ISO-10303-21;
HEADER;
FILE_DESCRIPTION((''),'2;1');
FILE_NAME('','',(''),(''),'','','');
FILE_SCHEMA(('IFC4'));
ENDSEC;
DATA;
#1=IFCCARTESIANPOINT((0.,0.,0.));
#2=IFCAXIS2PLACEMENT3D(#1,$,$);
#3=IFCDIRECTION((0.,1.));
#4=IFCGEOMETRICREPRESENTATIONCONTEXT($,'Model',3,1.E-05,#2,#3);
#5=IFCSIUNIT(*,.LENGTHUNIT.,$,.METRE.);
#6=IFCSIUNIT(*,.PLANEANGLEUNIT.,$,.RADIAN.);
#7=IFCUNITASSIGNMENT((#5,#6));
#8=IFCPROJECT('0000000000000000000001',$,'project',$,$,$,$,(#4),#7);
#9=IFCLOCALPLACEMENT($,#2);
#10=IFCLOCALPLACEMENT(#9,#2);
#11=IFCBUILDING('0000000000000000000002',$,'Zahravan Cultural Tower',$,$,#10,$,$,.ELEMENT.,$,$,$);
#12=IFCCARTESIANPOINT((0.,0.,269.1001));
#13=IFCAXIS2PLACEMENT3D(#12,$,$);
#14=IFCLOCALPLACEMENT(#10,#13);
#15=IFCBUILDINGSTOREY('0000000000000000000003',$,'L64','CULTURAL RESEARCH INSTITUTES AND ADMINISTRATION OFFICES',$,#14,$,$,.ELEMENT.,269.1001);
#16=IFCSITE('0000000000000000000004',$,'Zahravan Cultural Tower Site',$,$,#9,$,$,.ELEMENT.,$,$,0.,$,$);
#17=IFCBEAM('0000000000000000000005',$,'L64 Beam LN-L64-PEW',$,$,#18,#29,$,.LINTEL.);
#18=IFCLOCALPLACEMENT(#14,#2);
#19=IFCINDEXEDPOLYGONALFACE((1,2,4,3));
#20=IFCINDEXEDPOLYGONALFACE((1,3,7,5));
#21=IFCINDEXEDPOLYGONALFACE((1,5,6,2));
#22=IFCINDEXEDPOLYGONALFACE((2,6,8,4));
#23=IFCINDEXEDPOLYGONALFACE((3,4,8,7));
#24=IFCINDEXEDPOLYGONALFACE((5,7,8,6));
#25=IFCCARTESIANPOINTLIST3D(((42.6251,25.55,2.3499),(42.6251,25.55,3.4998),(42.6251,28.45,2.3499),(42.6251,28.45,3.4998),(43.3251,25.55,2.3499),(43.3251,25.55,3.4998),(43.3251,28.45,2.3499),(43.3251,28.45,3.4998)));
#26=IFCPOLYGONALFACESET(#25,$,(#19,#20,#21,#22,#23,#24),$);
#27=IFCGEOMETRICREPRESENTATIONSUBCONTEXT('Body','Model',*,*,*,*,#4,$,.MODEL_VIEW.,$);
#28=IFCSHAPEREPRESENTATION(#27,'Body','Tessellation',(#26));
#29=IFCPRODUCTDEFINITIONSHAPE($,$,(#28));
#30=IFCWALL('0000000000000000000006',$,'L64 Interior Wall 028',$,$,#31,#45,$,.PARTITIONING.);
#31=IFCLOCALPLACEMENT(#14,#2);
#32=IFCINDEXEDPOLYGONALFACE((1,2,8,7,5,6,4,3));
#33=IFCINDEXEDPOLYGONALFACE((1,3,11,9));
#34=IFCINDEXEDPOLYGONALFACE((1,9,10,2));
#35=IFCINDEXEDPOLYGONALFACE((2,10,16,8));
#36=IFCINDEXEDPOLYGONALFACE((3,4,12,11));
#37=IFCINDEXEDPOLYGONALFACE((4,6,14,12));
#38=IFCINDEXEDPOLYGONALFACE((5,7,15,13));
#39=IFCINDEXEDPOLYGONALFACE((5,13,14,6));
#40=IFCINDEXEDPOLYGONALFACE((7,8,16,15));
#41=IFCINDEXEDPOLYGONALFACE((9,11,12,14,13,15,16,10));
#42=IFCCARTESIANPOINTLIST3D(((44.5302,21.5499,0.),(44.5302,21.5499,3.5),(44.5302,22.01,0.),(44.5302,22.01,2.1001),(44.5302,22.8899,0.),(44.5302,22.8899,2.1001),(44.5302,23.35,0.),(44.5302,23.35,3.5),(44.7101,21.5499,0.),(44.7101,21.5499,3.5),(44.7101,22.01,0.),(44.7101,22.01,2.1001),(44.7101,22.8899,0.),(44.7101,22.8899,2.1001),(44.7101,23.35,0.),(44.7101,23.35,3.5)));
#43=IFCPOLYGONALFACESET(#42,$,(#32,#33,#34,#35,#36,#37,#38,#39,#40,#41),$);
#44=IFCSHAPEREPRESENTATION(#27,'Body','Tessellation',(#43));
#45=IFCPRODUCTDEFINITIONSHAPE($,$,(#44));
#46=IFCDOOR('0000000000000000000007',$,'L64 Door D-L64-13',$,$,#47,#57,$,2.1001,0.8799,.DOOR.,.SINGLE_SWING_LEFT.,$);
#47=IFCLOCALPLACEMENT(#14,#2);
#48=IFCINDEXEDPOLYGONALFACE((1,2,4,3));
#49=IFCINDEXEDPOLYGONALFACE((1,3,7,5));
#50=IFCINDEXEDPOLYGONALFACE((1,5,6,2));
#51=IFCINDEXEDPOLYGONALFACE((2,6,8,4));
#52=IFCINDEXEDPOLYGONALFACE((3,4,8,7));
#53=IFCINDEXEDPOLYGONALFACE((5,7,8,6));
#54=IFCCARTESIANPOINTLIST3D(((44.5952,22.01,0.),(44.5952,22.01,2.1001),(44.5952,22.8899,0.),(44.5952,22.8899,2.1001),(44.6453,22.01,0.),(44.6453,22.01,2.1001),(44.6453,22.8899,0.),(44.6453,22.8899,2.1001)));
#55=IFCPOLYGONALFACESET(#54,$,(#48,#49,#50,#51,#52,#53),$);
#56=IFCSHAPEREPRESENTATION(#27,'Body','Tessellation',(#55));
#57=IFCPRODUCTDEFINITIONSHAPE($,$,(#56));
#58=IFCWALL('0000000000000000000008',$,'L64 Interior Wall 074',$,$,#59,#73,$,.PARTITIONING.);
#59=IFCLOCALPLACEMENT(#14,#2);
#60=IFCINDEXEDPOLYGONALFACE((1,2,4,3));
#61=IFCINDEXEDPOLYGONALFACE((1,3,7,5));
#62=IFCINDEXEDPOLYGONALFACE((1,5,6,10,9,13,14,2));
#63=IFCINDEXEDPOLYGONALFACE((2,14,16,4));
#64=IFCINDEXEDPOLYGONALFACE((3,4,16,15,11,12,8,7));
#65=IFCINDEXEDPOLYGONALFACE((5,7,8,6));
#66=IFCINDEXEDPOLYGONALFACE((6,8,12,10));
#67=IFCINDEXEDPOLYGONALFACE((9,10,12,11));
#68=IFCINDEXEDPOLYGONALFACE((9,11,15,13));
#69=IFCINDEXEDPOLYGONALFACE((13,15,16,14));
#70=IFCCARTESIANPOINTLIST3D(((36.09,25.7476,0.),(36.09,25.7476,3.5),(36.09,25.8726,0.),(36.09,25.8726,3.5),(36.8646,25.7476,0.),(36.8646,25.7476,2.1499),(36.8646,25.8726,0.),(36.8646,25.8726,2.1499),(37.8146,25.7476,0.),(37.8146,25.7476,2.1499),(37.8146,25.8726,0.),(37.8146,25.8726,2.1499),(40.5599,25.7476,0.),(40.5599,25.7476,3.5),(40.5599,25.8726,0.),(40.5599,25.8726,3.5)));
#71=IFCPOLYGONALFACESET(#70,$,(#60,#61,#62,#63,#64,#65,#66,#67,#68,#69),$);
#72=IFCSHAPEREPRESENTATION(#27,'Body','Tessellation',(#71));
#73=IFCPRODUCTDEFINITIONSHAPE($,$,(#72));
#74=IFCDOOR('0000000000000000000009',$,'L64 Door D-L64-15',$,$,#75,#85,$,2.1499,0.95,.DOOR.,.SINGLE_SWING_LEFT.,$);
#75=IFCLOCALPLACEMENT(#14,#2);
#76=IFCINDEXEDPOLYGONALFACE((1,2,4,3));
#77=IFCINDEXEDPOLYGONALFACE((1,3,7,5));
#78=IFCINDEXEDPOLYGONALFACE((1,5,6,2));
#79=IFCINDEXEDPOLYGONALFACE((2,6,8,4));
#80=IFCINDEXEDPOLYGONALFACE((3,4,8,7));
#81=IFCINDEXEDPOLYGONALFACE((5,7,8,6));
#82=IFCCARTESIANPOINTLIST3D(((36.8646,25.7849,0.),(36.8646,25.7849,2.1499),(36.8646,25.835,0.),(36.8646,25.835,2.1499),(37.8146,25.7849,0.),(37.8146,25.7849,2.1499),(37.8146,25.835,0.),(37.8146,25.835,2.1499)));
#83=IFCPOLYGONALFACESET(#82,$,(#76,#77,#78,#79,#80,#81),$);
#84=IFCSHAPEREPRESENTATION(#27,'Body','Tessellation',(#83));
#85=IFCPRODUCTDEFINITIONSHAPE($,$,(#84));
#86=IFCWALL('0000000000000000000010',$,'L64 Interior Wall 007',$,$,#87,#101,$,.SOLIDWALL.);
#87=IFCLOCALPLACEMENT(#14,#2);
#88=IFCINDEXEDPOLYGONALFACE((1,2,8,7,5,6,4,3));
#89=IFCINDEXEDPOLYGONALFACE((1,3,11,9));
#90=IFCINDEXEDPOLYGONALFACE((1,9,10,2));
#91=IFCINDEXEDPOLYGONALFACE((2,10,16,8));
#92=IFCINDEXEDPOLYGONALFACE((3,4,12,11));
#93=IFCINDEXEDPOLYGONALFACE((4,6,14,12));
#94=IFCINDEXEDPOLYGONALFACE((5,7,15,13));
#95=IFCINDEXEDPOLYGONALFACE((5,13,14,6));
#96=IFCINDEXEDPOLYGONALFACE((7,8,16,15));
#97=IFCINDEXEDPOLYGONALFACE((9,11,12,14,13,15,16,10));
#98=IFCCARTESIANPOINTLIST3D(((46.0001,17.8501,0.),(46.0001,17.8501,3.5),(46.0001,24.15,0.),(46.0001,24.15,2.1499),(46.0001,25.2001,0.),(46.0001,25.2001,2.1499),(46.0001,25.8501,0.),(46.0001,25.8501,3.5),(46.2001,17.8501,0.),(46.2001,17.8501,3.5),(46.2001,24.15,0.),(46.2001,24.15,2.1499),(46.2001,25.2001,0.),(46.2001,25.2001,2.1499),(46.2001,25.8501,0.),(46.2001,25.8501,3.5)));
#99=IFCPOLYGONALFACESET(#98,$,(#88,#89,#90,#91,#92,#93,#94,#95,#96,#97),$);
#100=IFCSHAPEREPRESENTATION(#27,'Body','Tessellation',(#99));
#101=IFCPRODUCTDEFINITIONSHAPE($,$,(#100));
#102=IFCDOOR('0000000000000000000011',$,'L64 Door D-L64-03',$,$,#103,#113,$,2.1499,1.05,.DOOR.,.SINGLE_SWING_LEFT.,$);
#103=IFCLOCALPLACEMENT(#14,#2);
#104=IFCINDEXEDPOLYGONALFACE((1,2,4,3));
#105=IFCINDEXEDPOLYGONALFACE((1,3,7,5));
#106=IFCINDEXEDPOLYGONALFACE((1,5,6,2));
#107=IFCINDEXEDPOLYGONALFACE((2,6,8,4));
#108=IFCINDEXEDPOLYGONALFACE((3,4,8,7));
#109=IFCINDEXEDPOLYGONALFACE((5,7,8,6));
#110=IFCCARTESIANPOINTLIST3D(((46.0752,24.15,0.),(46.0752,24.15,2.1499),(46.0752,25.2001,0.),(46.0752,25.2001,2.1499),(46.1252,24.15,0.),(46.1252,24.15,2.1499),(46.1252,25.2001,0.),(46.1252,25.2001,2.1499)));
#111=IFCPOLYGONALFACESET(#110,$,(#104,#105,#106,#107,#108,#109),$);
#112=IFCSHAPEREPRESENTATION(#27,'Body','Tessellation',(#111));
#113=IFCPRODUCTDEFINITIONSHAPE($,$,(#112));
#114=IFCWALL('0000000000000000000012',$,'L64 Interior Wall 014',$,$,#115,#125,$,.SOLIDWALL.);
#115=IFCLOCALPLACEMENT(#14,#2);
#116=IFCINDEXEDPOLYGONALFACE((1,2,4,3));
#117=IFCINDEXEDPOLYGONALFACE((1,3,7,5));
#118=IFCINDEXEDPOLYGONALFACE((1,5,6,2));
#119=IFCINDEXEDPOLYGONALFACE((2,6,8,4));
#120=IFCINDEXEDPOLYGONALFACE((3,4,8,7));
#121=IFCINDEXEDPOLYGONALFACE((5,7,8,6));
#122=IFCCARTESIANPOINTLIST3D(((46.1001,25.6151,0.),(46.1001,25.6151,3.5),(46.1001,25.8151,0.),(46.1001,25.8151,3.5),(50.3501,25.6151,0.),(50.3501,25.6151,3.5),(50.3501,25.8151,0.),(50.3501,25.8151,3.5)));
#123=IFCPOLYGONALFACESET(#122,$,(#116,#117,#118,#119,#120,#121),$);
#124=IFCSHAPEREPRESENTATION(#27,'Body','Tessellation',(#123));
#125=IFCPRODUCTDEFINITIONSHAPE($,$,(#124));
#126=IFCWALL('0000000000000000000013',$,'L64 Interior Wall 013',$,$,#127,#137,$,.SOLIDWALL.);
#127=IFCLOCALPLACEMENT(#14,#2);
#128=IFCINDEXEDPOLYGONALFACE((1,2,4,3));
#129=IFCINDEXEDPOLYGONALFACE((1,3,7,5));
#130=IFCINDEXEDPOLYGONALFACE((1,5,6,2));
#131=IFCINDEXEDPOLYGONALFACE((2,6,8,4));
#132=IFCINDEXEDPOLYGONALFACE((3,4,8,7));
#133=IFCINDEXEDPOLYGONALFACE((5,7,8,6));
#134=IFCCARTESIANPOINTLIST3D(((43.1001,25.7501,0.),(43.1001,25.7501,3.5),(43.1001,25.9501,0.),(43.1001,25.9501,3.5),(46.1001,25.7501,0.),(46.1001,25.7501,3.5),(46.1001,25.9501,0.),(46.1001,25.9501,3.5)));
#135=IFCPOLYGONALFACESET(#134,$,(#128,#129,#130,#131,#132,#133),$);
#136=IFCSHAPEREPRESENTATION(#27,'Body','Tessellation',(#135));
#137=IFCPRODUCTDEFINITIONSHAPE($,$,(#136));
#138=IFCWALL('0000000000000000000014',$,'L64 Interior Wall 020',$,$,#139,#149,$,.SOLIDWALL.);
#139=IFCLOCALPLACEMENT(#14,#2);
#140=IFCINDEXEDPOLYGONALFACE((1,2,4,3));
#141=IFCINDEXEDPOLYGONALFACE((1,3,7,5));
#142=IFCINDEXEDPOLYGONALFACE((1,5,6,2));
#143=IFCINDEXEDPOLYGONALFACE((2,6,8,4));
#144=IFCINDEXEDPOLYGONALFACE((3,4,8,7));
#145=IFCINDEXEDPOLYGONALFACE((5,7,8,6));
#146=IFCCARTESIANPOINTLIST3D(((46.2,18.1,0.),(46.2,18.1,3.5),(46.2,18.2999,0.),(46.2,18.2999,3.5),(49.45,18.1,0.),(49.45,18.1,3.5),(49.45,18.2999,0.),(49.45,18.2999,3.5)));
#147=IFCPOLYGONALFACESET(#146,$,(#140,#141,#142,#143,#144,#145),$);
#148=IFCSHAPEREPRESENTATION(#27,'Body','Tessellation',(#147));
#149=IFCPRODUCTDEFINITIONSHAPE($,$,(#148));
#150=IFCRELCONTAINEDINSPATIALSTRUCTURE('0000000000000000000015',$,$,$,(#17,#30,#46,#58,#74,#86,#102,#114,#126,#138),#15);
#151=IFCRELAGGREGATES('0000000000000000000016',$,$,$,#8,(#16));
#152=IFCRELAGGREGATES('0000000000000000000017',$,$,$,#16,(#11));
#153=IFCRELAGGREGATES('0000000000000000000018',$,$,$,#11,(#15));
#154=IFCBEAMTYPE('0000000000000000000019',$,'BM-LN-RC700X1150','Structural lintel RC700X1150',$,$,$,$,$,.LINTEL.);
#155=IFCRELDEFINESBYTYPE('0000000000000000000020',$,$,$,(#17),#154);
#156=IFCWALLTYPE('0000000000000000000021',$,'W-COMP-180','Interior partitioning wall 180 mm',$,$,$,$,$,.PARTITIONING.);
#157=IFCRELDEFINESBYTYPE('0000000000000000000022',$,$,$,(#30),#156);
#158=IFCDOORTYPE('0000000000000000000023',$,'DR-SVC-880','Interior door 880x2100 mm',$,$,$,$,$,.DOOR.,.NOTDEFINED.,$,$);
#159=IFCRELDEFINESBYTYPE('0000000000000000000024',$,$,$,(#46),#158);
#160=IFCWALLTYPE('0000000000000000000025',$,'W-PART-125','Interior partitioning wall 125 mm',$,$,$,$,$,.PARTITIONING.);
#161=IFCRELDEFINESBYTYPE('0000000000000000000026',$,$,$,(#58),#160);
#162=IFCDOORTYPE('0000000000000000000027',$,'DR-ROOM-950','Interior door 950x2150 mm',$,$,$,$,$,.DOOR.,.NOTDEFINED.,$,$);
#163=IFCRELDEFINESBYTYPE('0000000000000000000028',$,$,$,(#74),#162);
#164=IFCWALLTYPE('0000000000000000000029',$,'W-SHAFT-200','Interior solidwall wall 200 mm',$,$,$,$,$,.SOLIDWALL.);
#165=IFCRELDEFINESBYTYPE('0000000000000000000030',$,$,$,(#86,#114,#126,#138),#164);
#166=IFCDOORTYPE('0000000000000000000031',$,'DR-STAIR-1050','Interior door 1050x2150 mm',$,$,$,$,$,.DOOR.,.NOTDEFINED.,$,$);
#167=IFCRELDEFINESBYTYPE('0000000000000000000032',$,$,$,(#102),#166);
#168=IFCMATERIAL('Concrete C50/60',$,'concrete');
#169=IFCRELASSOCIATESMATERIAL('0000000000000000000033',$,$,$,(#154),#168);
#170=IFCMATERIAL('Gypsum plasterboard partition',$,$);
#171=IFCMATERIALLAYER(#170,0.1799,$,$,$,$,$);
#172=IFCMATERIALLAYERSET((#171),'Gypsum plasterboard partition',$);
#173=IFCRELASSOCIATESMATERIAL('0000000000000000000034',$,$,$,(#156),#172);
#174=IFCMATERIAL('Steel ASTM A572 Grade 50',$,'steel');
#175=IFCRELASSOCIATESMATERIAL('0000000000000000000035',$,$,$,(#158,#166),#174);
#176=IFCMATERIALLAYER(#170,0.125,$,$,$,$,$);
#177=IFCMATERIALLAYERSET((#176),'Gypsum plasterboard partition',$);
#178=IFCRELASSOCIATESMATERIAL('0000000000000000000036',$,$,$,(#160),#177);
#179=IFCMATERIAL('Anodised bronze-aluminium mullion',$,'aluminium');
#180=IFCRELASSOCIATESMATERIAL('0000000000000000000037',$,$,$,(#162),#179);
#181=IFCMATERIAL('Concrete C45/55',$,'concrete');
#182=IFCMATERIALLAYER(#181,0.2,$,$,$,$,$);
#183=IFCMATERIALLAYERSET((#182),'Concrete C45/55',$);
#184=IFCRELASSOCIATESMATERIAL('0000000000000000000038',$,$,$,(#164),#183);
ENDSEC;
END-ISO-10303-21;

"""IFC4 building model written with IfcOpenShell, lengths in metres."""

from ifc_helpers import new_model, si_unit, direction, frame, frame_2d, origin, origin_2d, place, context, subcontext, project, spatial, rectangle, extrude, source, transform, mapped, material, layer, layer_set, material_profile, profile_set, type_object, element, fill, save


model = new_model("IFC4")

# Units and contexts
model_context = context("Model", 3, precision=1e-05, world=origin(), true_north=direction((0.0, 1.0)))
body_context = subcontext(model_context, "Body", "Model", "MODEL_VIEW")
ifc_project = project(units=[si_unit("LENGTHUNIT", "METRE"), si_unit("PLANEANGLEUNIT", "RADIAN")], contexts=[model_context])

# Site, building, storey
site_placement = place(None, origin())
site = spatial("IfcSite", under=ifc_project, at=site_placement, Name="Zahravan Cultural Tower Site", CompositionType="ELEMENT", RefElevation=0.0)
building_placement = place(site_placement, origin())
building = spatial("IfcBuilding", under=site, at=building_placement, Name="Zahravan Cultural Tower", CompositionType="ELEMENT")
storey_placement = place(building_placement, frame((0.0, 0.0, 269.1001)))
storey = spatial("IfcBuildingStorey", under=building, at=storey_placement, Name="L64", Description="CULTURAL RESEARCH INSTITUTES AND ADMINISTRATION OFFICES", CompositionType="ELEMENT", Elevation=269.1001)

# Beam
ifc_material_1 = material(Name="Concrete C50/60", Category="concrete")
ifc_material_profile = material_profile(ifc_material_1, rectangle(XDim=0.7, YDim=1.1499, at=origin_2d()), Name="RC700X1150")
ifc_profile_set = profile_set([ifc_material_profile], Name="Concrete C50/60")
beam_type = type_object("IfcBeamType", Name="BM-LN-RC700X1150", Description="Structural lintel RC700X1150", PredefinedType="LINTEL", material=ifc_profile_set)
shared_shape_1 = source(origin(), body_context, "Body", "SweptSolid", [
    extrude(rectangle(XDim=0.7, YDim=1.1499, at=origin_2d()), origin(), (0.0, 0.0, 1.0), 2.8999),
])
beam_placement = place(storey_placement, frame((42.9751, 25.55, 2.9248), z_axis=(0.0, 1.0, 0.0), x_axis=(-1.0, 0.0, 0.0)))
element("IfcBeam", 1, at=beam_placement, inside=storey, type_object=beam_type, Name="L64 Beam LN-L64-PEW", PredefinedType="LINTEL", context=body_context, shape_type="MappedRepresentation", body=[
    mapped(shared_shape_1, transform((0.0, 0.0, 0.0), x_axis=(1.0, 0.0, 0.0), y_axis=(0.0, 1.0, 0.0), z_axis=(0.0, 0.0, 1.0), scale=1.0)),
])

# Walls, openings, doors
ifc_material_2 = material(Name="Gypsum plasterboard partition")
ifc_layer_1 = layer(ifc_material_2, 0.1799)
ifc_layer_set_1 = layer_set([ifc_layer_1], Name="Gypsum plasterboard partition")
wall_type_1 = type_object("IfcWallType", Name="W-COMP-180", Description="Interior partitioning wall 180 mm", PredefinedType="PARTITIONING", material=ifc_layer_set_1)
wall_1_placement = place(storey_placement, frame((44.6201, 21.55, 0.0), z_axis=(0.0, 0.0, 1.0), x_axis=(0.0, 1.0, 0.0)))
wall_1 = element("IfcWall", 2, at=wall_1_placement, inside=storey, type_object=wall_type_1, Name="L64 Interior Wall 028", PredefinedType="PARTITIONING", context=body_context, shape_type="SweptSolid", body=[
    extrude(rectangle(XDim=1.8, YDim=0.1799, at=frame_2d((0.8999, 0.0))), origin(), (0.0, 0.0, 1.0), 3.5),
])
opening_1_placement = place(wall_1_placement, frame((0.46, 0.0, 0.0)))
opening_1 = element("IfcOpeningElement", 3, at=opening_1_placement, cuts=wall_1, PredefinedType="OPENING", context=body_context, shape_type="SweptSolid", body=[
    extrude(rectangle(XDim=0.8799, YDim=2.1001, at=frame_2d((0.4399, 1.05))), frame((0.0, 0.0999, 0.0), z_axis=(0.0, -1.0, 0.0), x_axis=(1.0, 0.0, 0.0)), (0.0, 0.0, 1.0), 0.2),
])
ifc_material_3 = material(Name="Steel ASTM A572 Grade 50", Category="steel")
door_type_1 = type_object("IfcDoorType", Name="DR-SVC-880", Description="Interior door 880x2100 mm", OperationType="NOTDEFINED", PredefinedType="DOOR", material=ifc_material_3)
shared_shape_2 = source(origin(), body_context, "Body", "SweptSolid", [
    extrude(rectangle(XDim=0.8799, YDim=2.1001, at=frame_2d((0.4399, 1.05))), frame((0.0, 0.0249, 0.0), z_axis=(0.0, -1.0, 0.0), x_axis=(1.0, 0.0, 0.0)), (0.0, 0.0, 1.0), 0.05),
])
door_1_placement = place(opening_1_placement, origin())
door_1 = element("IfcDoor", 4, at=door_1_placement, inside=storey, type_object=door_type_1, Name="L64 Door D-L64-13", OperationType="SINGLE_SWING_LEFT", OverallHeight=2.1001, OverallWidth=0.8799, PredefinedType="DOOR", context=body_context, shape_type="MappedRepresentation", body=[
    mapped(shared_shape_2, transform((0.0, 0.0, 0.0), x_axis=(1.0, 0.0, 0.0), y_axis=(0.0, 1.0, 0.0), z_axis=(0.0, 0.0, 1.0), scale=1.0)),
])
fill(opening_1, door_1)
ifc_layer_2 = layer(ifc_material_2, 0.125)
ifc_layer_set_2 = layer_set([ifc_layer_2], Name="Gypsum plasterboard partition")
wall_type_2 = type_object("IfcWallType", Name="W-PART-125", Description="Interior partitioning wall 125 mm", PredefinedType="PARTITIONING", material=ifc_layer_set_2)
wall_2_placement = place(storey_placement, frame((36.0901, 25.8101, 0.0), z_axis=(0.0, 0.0, 1.0), x_axis=(1.0, 0.0, 0.0)))
wall_2 = element("IfcWall", 5, at=wall_2_placement, inside=storey, type_object=wall_type_2, Name="L64 Interior Wall 074", PredefinedType="PARTITIONING", context=body_context, shape_type="SweptSolid", body=[
    extrude(rectangle(XDim=4.47, YDim=0.125, at=frame_2d((2.2349, 0.0))), origin(), (0.0, 0.0, 1.0), 3.5),
])
opening_2_placement = place(wall_2_placement, frame((0.7744, 0.0, 0.0)))
opening_2 = element("IfcOpeningElement", 6, at=opening_2_placement, cuts=wall_2, PredefinedType="OPENING", context=body_context, shape_type="SweptSolid", body=[
    extrude(rectangle(XDim=0.95, YDim=2.1499, at=frame_2d((0.4751, 1.075))), frame((0.0, 0.0725, 0.0), z_axis=(0.0, -1.0, 0.0), x_axis=(1.0, 0.0, 0.0)), (0.0, 0.0, 1.0), 0.145),
])
ifc_material_4 = material(Name="Anodised bronze-aluminium mullion", Category="aluminium")
door_type_2 = type_object("IfcDoorType", Name="DR-ROOM-950", Description="Interior door 950x2150 mm", OperationType="NOTDEFINED", PredefinedType="DOOR", material=ifc_material_4)
shared_shape_3 = source(origin(), body_context, "Body", "SweptSolid", [
    extrude(rectangle(XDim=0.95, YDim=2.1499, at=frame_2d((0.4751, 1.075))), frame((0.0, 0.0249, 0.0), z_axis=(0.0, -1.0, 0.0), x_axis=(1.0, 0.0, 0.0)), (0.0, 0.0, 1.0), 0.05),
])
door_2_placement = place(opening_2_placement, origin())
door_2 = element("IfcDoor", 7, at=door_2_placement, inside=storey, type_object=door_type_2, Name="L64 Door D-L64-15", OperationType="SINGLE_SWING_LEFT", OverallHeight=2.1499, OverallWidth=0.95, PredefinedType="DOOR", context=body_context, shape_type="MappedRepresentation", body=[
    mapped(shared_shape_3, transform((0.0, 0.0, 0.0), x_axis=(1.0, 0.0, 0.0), y_axis=(0.0, 1.0, 0.0), z_axis=(0.0, 0.0, 1.0), scale=1.0)),
])
fill(opening_2, door_2)
ifc_material_5 = material(Name="Concrete C45/55", Category="concrete")
ifc_layer_3 = layer(ifc_material_5, 0.2)
ifc_layer_set_3 = layer_set([ifc_layer_3], Name="Concrete C45/55")
wall_type_3 = type_object("IfcWallType", Name="W-SHAFT-200", Description="Interior solidwall wall 200 mm", PredefinedType="SOLIDWALL", material=ifc_layer_set_3)
wall_3_placement = place(storey_placement, frame((46.1001, 17.8501, 0.0), z_axis=(0.0, 0.0, 1.0), x_axis=(0.0, 1.0, 0.0)))
wall_3 = element("IfcWall", 8, at=wall_3_placement, inside=storey, type_object=wall_type_3, Name="L64 Interior Wall 007", PredefinedType="SOLIDWALL", context=body_context, shape_type="SweptSolid", body=[
    extrude(rectangle(XDim=8.0, YDim=0.2, at=frame_2d((4.0, 0.0))), origin(), (0.0, 0.0, 1.0), 3.5),
])
opening_3_placement = place(wall_3_placement, frame((6.3, 0.0, 0.0)))
opening_3 = element("IfcOpeningElement", 9, at=opening_3_placement, cuts=wall_3, PredefinedType="OPENING", context=body_context, shape_type="SweptSolid", body=[
    extrude(rectangle(XDim=1.05, YDim=2.1499, at=frame_2d((0.5249, 1.075))), frame((0.0, 0.1099, 0.0), z_axis=(0.0, -1.0, 0.0), x_axis=(1.0, 0.0, 0.0)), (0.0, 0.0, 1.0), 0.22),
])
door_type_3 = type_object("IfcDoorType", Name="DR-STAIR-1050", Description="Interior door 1050x2150 mm", OperationType="NOTDEFINED", PredefinedType="DOOR", material=ifc_material_3)
shared_shape_4 = source(origin(), body_context, "Body", "SweptSolid", [
    extrude(rectangle(XDim=1.05, YDim=2.1499, at=frame_2d((0.5249, 1.075))), frame((0.0, 0.0249, 0.0), z_axis=(0.0, -1.0, 0.0), x_axis=(1.0, 0.0, 0.0)), (0.0, 0.0, 1.0), 0.05),
])
door_3_placement = place(opening_3_placement, origin())
door_3 = element("IfcDoor", 10, at=door_3_placement, inside=storey, type_object=door_type_3, Name="L64 Door D-L64-03", OperationType="SINGLE_SWING_LEFT", OverallHeight=2.1499, OverallWidth=1.05, PredefinedType="DOOR", context=body_context, shape_type="MappedRepresentation", body=[
    mapped(shared_shape_4, transform((0.0, 0.0, 0.0), x_axis=(1.0, 0.0, 0.0), y_axis=(0.0, 1.0, 0.0), z_axis=(0.0, 0.0, 1.0), scale=1.0)),
])
fill(opening_3, door_3)

# Walls
shared_shape_5 = source(origin(), body_context, "Body", "SweptSolid", [
    extrude(rectangle(XDim=4.25, YDim=0.2, at=frame_2d((2.125, 0.0))), origin(), (0.0, 0.0, 1.0), 3.5),
])
wall_4_placement = place(storey_placement, frame((46.1001, 25.7151, 0.0), z_axis=(0.0, 0.0, 1.0), x_axis=(1.0, 0.0, 0.0)))
element("IfcWall", 11, at=wall_4_placement, inside=storey, type_object=wall_type_3, Name="L64 Interior Wall 014", PredefinedType="SOLIDWALL", context=body_context, shape_type="MappedRepresentation", body=[
    mapped(shared_shape_5, transform((0.0, 0.0, 0.0), x_axis=(1.0, 0.0, 0.0), y_axis=(0.0, 1.0, 0.0), z_axis=(0.0, 0.0, 1.0), scale=1.0)),
])
shared_shape_6 = source(origin(), body_context, "Body", "SweptSolid", [
    extrude(rectangle(XDim=3.0, YDim=0.2, at=frame_2d((1.5, 0.0))), origin(), (0.0, 0.0, 1.0), 3.5),
])
wall_5_placement = place(storey_placement, frame((43.1001, 25.8501, 0.0), z_axis=(0.0, 0.0, 1.0), x_axis=(1.0, 0.0, 0.0)))
element("IfcWall", 12, at=wall_5_placement, inside=storey, type_object=wall_type_3, Name="L64 Interior Wall 013", PredefinedType="SOLIDWALL", context=body_context, shape_type="MappedRepresentation", body=[
    mapped(shared_shape_6, transform((0.0, 0.0, 0.0), x_axis=(1.0, 0.0, 0.0), y_axis=(0.0, 1.0, 0.0), z_axis=(0.0, 0.0, 1.0), scale=1.0)),
])
shared_shape_7 = source(origin(), body_context, "Body", "SweptSolid", [
    extrude(rectangle(XDim=3.25, YDim=0.2, at=frame_2d((1.625, 0.0))), origin(), (0.0, 0.0, 1.0), 3.5),
])
wall_6_placement = place(storey_placement, frame((46.2, 18.2, 0.0), z_axis=(0.0, 0.0, 1.0), x_axis=(1.0, 0.0, 0.0)))
element("IfcWall", 13, at=wall_6_placement, inside=storey, type_object=wall_type_3, Name="L64 Interior Wall 020", PredefinedType="SOLIDWALL", context=body_context, shape_type="MappedRepresentation", body=[
    mapped(shared_shape_7, transform((0.0, 0.0, 0.0), x_axis=(1.0, 0.0, 0.0), y_axis=(0.0, 1.0, 0.0), z_axis=(0.0, 0.0, 1.0), scale=1.0)),
])

save(model, "model.ifc")
